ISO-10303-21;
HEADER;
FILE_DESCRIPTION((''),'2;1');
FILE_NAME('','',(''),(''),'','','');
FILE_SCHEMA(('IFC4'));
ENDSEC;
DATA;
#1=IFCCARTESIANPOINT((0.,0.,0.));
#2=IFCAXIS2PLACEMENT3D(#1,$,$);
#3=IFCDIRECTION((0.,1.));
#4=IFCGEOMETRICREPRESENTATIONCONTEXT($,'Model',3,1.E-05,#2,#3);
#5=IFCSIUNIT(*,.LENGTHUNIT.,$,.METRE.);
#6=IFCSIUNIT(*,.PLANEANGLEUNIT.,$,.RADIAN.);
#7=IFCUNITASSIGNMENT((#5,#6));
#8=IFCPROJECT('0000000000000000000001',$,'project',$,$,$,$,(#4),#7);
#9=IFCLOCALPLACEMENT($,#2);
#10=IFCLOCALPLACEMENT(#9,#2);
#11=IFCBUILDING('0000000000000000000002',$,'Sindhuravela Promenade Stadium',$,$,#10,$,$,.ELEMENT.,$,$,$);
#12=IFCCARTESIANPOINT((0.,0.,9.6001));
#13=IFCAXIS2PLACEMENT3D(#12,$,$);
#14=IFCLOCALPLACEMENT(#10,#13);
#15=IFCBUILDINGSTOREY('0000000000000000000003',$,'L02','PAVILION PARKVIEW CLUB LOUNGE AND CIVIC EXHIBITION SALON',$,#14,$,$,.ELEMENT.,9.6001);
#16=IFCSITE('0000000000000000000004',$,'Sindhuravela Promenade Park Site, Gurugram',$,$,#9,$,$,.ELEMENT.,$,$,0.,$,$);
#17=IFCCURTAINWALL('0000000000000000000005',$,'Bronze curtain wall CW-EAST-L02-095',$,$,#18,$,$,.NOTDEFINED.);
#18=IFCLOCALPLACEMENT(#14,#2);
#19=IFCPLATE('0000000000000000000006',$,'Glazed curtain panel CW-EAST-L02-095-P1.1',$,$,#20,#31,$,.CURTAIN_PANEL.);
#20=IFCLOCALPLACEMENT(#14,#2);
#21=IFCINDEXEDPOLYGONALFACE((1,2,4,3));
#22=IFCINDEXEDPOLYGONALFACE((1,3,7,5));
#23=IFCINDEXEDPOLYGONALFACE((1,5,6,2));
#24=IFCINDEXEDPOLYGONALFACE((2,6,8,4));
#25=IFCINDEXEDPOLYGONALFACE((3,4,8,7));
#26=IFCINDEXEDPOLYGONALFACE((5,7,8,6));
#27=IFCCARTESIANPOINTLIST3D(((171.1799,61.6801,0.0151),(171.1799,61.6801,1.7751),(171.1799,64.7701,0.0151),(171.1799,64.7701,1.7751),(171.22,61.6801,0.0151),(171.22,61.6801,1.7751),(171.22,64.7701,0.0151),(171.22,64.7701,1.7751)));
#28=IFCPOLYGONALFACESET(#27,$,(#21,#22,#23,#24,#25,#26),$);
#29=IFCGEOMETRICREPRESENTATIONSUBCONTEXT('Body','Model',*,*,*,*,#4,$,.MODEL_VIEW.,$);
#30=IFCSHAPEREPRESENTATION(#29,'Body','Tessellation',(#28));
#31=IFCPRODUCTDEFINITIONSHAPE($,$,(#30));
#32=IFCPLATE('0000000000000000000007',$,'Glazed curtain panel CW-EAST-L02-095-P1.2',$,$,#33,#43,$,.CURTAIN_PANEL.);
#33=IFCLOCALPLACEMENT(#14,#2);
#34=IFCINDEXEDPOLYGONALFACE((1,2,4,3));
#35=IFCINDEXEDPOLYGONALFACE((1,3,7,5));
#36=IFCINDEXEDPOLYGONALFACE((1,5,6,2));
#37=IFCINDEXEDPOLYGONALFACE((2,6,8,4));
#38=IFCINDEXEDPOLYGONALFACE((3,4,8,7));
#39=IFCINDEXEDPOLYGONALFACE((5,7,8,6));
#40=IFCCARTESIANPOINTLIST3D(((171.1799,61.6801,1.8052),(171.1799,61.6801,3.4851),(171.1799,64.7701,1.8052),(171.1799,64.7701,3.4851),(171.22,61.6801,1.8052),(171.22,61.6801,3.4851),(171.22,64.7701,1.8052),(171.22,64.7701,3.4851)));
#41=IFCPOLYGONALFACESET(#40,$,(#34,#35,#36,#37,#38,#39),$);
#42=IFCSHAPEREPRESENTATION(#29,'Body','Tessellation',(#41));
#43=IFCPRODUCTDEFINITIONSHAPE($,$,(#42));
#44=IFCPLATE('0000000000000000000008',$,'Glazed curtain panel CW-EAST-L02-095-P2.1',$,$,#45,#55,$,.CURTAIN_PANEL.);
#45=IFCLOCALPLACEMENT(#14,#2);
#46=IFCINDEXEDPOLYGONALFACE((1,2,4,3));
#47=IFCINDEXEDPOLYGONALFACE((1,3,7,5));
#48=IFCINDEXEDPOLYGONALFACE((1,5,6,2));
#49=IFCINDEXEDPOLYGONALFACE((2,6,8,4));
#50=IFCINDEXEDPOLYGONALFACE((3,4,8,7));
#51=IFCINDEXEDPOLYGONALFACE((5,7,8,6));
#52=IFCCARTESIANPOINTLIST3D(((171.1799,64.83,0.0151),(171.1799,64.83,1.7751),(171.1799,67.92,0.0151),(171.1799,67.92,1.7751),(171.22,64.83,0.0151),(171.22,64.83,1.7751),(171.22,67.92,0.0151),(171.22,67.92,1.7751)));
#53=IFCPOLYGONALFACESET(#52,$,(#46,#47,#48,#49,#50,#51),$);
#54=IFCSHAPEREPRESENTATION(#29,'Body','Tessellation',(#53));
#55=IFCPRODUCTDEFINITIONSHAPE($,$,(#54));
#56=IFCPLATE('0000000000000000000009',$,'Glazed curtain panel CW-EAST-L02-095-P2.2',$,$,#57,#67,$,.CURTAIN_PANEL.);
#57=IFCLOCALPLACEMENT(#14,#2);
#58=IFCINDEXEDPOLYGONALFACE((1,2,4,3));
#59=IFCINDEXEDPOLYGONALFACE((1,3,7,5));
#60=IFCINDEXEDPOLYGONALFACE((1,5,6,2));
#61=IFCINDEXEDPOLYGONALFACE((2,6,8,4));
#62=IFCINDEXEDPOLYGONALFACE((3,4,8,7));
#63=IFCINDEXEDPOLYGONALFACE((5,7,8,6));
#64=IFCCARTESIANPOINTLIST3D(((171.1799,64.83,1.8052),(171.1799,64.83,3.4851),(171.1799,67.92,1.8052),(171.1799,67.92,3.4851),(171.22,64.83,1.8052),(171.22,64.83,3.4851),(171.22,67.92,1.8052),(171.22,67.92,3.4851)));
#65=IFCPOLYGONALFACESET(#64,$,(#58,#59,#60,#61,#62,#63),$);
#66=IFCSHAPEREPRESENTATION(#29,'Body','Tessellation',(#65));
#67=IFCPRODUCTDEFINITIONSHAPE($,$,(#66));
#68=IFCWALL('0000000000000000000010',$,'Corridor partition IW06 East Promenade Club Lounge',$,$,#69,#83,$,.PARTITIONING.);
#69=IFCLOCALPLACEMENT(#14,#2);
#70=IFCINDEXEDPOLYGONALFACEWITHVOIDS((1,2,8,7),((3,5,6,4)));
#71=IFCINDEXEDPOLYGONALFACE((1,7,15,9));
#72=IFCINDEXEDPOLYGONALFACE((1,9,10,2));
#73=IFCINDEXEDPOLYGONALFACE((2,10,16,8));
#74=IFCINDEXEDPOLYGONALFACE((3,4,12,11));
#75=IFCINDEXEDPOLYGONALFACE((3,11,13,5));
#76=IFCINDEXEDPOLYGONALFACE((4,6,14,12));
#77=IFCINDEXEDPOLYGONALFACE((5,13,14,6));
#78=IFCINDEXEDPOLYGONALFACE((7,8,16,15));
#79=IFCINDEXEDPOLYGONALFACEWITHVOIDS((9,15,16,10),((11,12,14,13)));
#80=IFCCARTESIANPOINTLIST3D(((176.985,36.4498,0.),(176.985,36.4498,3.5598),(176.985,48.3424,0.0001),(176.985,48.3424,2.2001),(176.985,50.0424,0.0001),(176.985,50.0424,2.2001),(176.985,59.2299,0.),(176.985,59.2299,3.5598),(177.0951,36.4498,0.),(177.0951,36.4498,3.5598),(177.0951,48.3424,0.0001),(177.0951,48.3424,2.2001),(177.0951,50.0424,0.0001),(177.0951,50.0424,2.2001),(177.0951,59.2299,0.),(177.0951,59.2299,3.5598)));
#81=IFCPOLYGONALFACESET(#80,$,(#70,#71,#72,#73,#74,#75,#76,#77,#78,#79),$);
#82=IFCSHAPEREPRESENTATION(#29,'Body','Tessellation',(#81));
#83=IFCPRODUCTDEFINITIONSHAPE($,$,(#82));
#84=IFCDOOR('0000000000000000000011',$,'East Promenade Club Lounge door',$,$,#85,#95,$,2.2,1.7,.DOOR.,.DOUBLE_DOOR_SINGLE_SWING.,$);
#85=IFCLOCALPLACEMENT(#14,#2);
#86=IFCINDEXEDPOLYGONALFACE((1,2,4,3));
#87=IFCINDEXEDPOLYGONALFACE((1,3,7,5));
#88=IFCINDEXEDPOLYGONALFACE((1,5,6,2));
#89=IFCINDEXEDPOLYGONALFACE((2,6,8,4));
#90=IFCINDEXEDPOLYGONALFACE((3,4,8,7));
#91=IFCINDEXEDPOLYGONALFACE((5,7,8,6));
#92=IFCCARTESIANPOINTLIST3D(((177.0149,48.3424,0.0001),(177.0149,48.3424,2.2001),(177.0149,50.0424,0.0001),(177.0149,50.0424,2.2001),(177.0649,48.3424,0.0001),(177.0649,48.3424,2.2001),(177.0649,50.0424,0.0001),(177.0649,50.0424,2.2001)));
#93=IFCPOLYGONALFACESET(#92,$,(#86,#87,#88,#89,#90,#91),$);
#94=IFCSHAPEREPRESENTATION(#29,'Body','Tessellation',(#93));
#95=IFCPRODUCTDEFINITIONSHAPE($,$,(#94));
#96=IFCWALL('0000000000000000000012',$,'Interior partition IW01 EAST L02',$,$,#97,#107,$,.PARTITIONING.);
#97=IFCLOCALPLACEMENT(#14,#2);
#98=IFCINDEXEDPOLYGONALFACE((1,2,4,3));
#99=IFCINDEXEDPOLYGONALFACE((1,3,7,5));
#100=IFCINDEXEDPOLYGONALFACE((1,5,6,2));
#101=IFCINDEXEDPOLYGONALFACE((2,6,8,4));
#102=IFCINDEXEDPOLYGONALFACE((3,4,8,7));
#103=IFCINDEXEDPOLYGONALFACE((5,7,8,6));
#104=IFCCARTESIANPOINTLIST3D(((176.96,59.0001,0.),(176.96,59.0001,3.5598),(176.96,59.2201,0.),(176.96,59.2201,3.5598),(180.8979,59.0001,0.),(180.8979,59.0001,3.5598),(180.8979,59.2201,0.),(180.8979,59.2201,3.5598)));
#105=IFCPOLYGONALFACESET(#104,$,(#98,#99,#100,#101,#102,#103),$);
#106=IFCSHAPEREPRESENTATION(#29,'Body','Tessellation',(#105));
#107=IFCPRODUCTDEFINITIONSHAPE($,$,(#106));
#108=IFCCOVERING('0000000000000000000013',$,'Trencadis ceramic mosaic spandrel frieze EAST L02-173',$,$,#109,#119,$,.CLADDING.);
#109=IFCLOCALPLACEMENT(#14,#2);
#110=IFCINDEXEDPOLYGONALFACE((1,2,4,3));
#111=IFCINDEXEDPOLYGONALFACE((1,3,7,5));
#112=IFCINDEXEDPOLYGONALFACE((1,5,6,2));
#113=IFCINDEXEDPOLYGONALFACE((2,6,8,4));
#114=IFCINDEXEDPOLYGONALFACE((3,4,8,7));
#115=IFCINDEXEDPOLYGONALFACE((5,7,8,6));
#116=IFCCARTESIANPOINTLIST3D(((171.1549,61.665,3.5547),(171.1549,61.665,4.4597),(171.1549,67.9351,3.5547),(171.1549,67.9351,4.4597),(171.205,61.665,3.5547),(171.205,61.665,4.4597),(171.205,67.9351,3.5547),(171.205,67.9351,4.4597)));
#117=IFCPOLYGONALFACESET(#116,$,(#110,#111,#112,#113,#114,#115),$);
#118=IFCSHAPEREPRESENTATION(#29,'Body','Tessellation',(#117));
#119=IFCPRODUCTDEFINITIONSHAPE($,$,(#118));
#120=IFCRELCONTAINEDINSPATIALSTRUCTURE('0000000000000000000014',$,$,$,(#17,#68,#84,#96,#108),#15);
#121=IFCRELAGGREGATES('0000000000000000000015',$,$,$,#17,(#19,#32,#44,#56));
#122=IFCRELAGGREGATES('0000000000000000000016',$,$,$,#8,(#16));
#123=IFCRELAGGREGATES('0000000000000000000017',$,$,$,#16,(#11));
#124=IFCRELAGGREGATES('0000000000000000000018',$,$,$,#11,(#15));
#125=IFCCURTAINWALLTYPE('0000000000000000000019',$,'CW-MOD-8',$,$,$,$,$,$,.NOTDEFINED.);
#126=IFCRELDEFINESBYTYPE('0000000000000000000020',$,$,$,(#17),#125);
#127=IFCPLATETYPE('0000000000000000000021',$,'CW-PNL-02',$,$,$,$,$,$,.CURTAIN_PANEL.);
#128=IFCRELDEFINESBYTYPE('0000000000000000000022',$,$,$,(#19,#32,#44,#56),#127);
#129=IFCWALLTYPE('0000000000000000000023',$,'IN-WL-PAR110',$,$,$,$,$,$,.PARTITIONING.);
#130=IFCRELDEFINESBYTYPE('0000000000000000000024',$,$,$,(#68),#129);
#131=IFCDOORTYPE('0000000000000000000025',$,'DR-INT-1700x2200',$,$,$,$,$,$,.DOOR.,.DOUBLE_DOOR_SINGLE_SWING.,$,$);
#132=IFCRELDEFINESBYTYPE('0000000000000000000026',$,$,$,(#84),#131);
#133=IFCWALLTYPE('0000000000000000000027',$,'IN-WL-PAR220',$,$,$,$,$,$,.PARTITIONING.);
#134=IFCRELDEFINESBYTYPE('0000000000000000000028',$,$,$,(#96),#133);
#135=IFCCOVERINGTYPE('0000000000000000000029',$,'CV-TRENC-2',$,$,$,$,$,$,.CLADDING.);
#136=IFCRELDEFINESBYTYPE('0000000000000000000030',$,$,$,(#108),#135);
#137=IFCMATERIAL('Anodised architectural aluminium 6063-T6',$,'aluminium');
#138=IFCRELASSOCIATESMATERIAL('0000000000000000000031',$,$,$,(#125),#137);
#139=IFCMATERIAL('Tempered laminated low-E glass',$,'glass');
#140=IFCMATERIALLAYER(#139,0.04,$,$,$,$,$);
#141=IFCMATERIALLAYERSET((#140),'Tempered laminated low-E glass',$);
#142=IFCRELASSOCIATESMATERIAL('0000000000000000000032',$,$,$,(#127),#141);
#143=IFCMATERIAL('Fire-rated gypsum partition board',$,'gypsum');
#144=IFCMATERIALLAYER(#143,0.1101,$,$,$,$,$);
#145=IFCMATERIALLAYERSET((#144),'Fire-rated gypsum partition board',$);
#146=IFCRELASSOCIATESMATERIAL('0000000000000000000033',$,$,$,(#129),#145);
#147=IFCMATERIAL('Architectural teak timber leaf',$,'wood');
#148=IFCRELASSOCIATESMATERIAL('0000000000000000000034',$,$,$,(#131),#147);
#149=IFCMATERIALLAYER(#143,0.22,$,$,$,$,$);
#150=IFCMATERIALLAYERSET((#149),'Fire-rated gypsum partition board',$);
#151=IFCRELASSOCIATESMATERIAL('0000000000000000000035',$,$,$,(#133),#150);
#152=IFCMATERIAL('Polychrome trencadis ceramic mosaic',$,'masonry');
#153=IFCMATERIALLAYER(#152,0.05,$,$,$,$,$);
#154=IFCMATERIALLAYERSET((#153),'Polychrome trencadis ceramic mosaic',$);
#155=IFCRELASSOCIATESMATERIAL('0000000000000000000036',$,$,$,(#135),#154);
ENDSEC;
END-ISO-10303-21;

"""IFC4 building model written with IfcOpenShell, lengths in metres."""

from ifc_helpers import new_model, si_unit, direction, frame, frame_2d, origin, origin_2d, place, context, subcontext, project, spatial, rectangle, extrude, material, layer, layer_set, type_object, element, fill, aggregate, save


model = new_model("IFC4")

# Units and contexts
model_context = context("Model", 3, precision=1e-05, world=origin(), true_north=direction((0.0, 1.0)))
body_context = subcontext(model_context, "Body", "Model", "MODEL_VIEW")
ifc_project = project(units=[si_unit("LENGTHUNIT", "METRE"), si_unit("PLANEANGLEUNIT", "RADIAN")], contexts=[model_context])

# Site, building, storey
site_placement = place(None, origin())
site = spatial("IfcSite", under=ifc_project, at=site_placement, Name="Sindhuravela Promenade Park Site, Gurugram", CompositionType="ELEMENT", RefElevation=0.0)
building_placement = place(site_placement, origin())
building = spatial("IfcBuilding", under=site, at=building_placement, Name="Sindhuravela Promenade Stadium", CompositionType="ELEMENT")
storey_placement = place(building_placement, frame((0.0, 0.0, 9.6001)))
storey = spatial("IfcBuildingStorey", under=building, at=storey_placement, Name="L02", Description="PAVILION PARKVIEW CLUB LOUNGE AND CIVIC EXHIBITION SALON", CompositionType="ELEMENT", Elevation=9.6001)

# Shared definitions
ifc_material_1 = material(Name="Anodised architectural aluminium 6063-T6", Category="aluminium")

# Curtain wall
curtain_wall_type_1 = type_object("IfcCurtainWallType", Name="CW-MOD-8", PredefinedType="NOTDEFINED", material=ifc_material_1)
curtain_wall_1_placement = place(storey_placement, origin())
curtain_wall_1 = element("IfcCurtainWall", 1, at=curtain_wall_1_placement, inside=storey, type_object=curtain_wall_type_1, Name="Bronze curtain wall CW-EAST-L02-095", PredefinedType="NOTDEFINED")

# Plates
ifc_material_2 = material(Name="Tempered laminated low-E glass", Category="glass")
ifc_layer_1 = layer(ifc_material_2, 0.04)
ifc_layer_set_1 = layer_set([ifc_layer_1], Name="Tempered laminated low-E glass")
plate_type_1 = type_object("IfcPlateType", Name="CW-PNL-02", PredefinedType="CURTAIN_PANEL", material=ifc_layer_set_1)
plate_1_placement = place(storey_placement, frame((171.2, 63.2251, 0.0151), z_axis=(0.0, 0.0, 1.0), x_axis=(0.0, 1.0, 0.0)))
plate_1 = element("IfcPlate", 2, at=plate_1_placement, type_object=plate_type_1, Name="Glazed curtain panel CW-EAST-L02-095-P1.1", PredefinedType="CURTAIN_PANEL", context=body_context, shape_type="SweptSolid", body=[
    extrude(rectangle(XDim=3.0901, YDim=0.04, at=origin_2d()), origin(), (0.0, 0.0, 1.0), 1.76),
])
plate_2_placement = place(storey_placement, frame((171.2, 63.2251, 1.8052), z_axis=(0.0, 0.0, 1.0), x_axis=(0.0, 1.0, 0.0)))
plate_2 = element("IfcPlate", 3, at=plate_2_placement, type_object=plate_type_1, Name="Glazed curtain panel CW-EAST-L02-095-P1.2", PredefinedType="CURTAIN_PANEL", context=body_context, shape_type="SweptSolid", body=[
    extrude(rectangle(XDim=3.0901, YDim=0.04, at=origin_2d()), origin(), (0.0, 0.0, 1.0), 1.6799),
])
plate_3_placement = place(storey_placement, frame((171.2, 66.375, 0.0151), z_axis=(0.0, 0.0, 1.0), x_axis=(0.0, 1.0, 0.0)))
plate_3 = element("IfcPlate", 4, at=plate_3_placement, type_object=plate_type_1, Name="Glazed curtain panel CW-EAST-L02-095-P2.1", PredefinedType="CURTAIN_PANEL", context=body_context, shape_type="SweptSolid", body=[
    extrude(rectangle(XDim=3.0901, YDim=0.04, at=origin_2d()), origin(), (0.0, 0.0, 1.0), 1.76),
])
plate_4_placement = place(storey_placement, frame((171.2, 66.375, 1.8052), z_axis=(0.0, 0.0, 1.0), x_axis=(0.0, 1.0, 0.0)))
plate_4 = element("IfcPlate", 5, at=plate_4_placement, type_object=plate_type_1, Name="Glazed curtain panel CW-EAST-L02-095-P2.2", PredefinedType="CURTAIN_PANEL", context=body_context, shape_type="SweptSolid", body=[
    extrude(rectangle(XDim=3.0901, YDim=0.04, at=origin_2d()), origin(), (0.0, 0.0, 1.0), 1.6799),
])
aggregate(curtain_wall_1, [plate_1, plate_2, plate_3, plate_4])

# Wall, opening, door
ifc_material_3 = material(Name="Fire-rated gypsum partition board", Category="gypsum")
ifc_layer_2 = layer(ifc_material_3, 0.1101)
ifc_layer_set_2 = layer_set([ifc_layer_2], Name="Fire-rated gypsum partition board")
wall_type_1 = type_object("IfcWallType", Name="IN-WL-PAR110", PredefinedType="PARTITIONING", material=ifc_layer_set_2)
wall_1_placement = place(storey_placement, frame((177.04, 59.23, 0.0), z_axis=(0.0, 0.0, 1.0), x_axis=(0.0, -1.0, 0.0)))
wall_1 = element("IfcWall", 6, at=wall_1_placement, inside=storey, type_object=wall_type_1, Name="Corridor partition IW06 East Promenade Club Lounge", PredefinedType="PARTITIONING", context=body_context, shape_type="SweptSolid", body=[
    extrude(rectangle(XDim=22.78, YDim=0.1101, at=frame_2d((11.3901, 0.0))), origin(), (0.0, 0.0, 1.0), 3.5598),
])
opening_placement = place(wall_1_placement, frame((9.1875, 0.0, 0.0)))
opening = element("IfcOpeningElement", 7, at=opening_placement, cuts=wall_1, PredefinedType="OPENING", context=body_context, shape_type="SweptSolid", body=[
    extrude(rectangle(XDim=1.7, YDim=2.2, at=frame_2d((0.8501, 1.1001))), frame((0.0, 0.0649, 0.0), z_axis=(0.0, -1.0, 0.0), x_axis=(1.0, 0.0, 0.0)), (0.0, 0.0, 1.0), 0.1301),
])
ifc_material_4 = material(Name="Architectural teak timber leaf", Category="wood")
door_type = type_object("IfcDoorType", Name="DR-INT-1700x2200", OperationType="DOUBLE_DOOR_SINGLE_SWING", PredefinedType="DOOR", material=ifc_material_4)
door_placement = place(opening_placement, origin())
door = element("IfcDoor", 8, at=door_placement, inside=storey, type_object=door_type, Name="East Promenade Club Lounge door", OperationType="DOUBLE_DOOR_SINGLE_SWING", OverallHeight=2.2, OverallWidth=1.7, PredefinedType="DOOR", context=body_context, shape_type="SweptSolid", body=[
    extrude(rectangle(XDim=1.7, YDim=2.2, at=frame_2d((0.8501, 1.1001))), frame((0.0, 0.0249, 0.0), z_axis=(0.0, -1.0, 0.0), x_axis=(1.0, 0.0, 0.0)), (0.0, 0.0, 1.0), 0.05),
])
fill(opening, door)

# Wall
ifc_layer_3 = layer(ifc_material_3, 0.22)
ifc_layer_set_3 = layer_set([ifc_layer_3], Name="Fire-rated gypsum partition board")
wall_type_2 = type_object("IfcWallType", Name="IN-WL-PAR220", PredefinedType="PARTITIONING", material=ifc_layer_set_3)
wall_2_placement = place(storey_placement, frame((176.96, 59.1101, 0.0), z_axis=(0.0, 0.0, 1.0), x_axis=(1.0, 0.0, 0.0)))
element("IfcWall", 9, at=wall_2_placement, inside=storey, type_object=wall_type_2, Name="Interior partition IW01 EAST L02", PredefinedType="PARTITIONING", context=body_context, shape_type="SweptSolid", body=[
    extrude(rectangle(XDim=3.938, YDim=0.22, at=frame_2d((1.969, 0.0))), origin(), (0.0, 0.0, 1.0), 3.5598),
])

# Covering
ifc_material_5 = material(Name="Polychrome trencadis ceramic mosaic", Category="masonry")
ifc_layer_4 = layer(ifc_material_5, 0.05)
ifc_layer_set_4 = layer_set([ifc_layer_4], Name="Polychrome trencadis ceramic mosaic")
covering_type = type_object("IfcCoveringType", Name="CV-TRENC-2", PredefinedType="CLADDING", material=ifc_layer_set_4)
covering_placement = place(storey_placement, frame((171.1799, 64.8, 3.5547), z_axis=(0.0, 0.0, 1.0), x_axis=(0.0, 1.0, 0.0)))
element("IfcCovering", 10, at=covering_placement, inside=storey, type_object=covering_type, Name="Trencadis ceramic mosaic spandrel frieze EAST L02-173", PredefinedType="CLADDING", context=body_context, shape_type="SweptSolid", body=[
    extrude(rectangle(XDim=6.27, YDim=0.05, at=origin_2d()), origin(), (0.0, 0.0, 1.0), 0.905),
])

save(model, "model.ifc")
